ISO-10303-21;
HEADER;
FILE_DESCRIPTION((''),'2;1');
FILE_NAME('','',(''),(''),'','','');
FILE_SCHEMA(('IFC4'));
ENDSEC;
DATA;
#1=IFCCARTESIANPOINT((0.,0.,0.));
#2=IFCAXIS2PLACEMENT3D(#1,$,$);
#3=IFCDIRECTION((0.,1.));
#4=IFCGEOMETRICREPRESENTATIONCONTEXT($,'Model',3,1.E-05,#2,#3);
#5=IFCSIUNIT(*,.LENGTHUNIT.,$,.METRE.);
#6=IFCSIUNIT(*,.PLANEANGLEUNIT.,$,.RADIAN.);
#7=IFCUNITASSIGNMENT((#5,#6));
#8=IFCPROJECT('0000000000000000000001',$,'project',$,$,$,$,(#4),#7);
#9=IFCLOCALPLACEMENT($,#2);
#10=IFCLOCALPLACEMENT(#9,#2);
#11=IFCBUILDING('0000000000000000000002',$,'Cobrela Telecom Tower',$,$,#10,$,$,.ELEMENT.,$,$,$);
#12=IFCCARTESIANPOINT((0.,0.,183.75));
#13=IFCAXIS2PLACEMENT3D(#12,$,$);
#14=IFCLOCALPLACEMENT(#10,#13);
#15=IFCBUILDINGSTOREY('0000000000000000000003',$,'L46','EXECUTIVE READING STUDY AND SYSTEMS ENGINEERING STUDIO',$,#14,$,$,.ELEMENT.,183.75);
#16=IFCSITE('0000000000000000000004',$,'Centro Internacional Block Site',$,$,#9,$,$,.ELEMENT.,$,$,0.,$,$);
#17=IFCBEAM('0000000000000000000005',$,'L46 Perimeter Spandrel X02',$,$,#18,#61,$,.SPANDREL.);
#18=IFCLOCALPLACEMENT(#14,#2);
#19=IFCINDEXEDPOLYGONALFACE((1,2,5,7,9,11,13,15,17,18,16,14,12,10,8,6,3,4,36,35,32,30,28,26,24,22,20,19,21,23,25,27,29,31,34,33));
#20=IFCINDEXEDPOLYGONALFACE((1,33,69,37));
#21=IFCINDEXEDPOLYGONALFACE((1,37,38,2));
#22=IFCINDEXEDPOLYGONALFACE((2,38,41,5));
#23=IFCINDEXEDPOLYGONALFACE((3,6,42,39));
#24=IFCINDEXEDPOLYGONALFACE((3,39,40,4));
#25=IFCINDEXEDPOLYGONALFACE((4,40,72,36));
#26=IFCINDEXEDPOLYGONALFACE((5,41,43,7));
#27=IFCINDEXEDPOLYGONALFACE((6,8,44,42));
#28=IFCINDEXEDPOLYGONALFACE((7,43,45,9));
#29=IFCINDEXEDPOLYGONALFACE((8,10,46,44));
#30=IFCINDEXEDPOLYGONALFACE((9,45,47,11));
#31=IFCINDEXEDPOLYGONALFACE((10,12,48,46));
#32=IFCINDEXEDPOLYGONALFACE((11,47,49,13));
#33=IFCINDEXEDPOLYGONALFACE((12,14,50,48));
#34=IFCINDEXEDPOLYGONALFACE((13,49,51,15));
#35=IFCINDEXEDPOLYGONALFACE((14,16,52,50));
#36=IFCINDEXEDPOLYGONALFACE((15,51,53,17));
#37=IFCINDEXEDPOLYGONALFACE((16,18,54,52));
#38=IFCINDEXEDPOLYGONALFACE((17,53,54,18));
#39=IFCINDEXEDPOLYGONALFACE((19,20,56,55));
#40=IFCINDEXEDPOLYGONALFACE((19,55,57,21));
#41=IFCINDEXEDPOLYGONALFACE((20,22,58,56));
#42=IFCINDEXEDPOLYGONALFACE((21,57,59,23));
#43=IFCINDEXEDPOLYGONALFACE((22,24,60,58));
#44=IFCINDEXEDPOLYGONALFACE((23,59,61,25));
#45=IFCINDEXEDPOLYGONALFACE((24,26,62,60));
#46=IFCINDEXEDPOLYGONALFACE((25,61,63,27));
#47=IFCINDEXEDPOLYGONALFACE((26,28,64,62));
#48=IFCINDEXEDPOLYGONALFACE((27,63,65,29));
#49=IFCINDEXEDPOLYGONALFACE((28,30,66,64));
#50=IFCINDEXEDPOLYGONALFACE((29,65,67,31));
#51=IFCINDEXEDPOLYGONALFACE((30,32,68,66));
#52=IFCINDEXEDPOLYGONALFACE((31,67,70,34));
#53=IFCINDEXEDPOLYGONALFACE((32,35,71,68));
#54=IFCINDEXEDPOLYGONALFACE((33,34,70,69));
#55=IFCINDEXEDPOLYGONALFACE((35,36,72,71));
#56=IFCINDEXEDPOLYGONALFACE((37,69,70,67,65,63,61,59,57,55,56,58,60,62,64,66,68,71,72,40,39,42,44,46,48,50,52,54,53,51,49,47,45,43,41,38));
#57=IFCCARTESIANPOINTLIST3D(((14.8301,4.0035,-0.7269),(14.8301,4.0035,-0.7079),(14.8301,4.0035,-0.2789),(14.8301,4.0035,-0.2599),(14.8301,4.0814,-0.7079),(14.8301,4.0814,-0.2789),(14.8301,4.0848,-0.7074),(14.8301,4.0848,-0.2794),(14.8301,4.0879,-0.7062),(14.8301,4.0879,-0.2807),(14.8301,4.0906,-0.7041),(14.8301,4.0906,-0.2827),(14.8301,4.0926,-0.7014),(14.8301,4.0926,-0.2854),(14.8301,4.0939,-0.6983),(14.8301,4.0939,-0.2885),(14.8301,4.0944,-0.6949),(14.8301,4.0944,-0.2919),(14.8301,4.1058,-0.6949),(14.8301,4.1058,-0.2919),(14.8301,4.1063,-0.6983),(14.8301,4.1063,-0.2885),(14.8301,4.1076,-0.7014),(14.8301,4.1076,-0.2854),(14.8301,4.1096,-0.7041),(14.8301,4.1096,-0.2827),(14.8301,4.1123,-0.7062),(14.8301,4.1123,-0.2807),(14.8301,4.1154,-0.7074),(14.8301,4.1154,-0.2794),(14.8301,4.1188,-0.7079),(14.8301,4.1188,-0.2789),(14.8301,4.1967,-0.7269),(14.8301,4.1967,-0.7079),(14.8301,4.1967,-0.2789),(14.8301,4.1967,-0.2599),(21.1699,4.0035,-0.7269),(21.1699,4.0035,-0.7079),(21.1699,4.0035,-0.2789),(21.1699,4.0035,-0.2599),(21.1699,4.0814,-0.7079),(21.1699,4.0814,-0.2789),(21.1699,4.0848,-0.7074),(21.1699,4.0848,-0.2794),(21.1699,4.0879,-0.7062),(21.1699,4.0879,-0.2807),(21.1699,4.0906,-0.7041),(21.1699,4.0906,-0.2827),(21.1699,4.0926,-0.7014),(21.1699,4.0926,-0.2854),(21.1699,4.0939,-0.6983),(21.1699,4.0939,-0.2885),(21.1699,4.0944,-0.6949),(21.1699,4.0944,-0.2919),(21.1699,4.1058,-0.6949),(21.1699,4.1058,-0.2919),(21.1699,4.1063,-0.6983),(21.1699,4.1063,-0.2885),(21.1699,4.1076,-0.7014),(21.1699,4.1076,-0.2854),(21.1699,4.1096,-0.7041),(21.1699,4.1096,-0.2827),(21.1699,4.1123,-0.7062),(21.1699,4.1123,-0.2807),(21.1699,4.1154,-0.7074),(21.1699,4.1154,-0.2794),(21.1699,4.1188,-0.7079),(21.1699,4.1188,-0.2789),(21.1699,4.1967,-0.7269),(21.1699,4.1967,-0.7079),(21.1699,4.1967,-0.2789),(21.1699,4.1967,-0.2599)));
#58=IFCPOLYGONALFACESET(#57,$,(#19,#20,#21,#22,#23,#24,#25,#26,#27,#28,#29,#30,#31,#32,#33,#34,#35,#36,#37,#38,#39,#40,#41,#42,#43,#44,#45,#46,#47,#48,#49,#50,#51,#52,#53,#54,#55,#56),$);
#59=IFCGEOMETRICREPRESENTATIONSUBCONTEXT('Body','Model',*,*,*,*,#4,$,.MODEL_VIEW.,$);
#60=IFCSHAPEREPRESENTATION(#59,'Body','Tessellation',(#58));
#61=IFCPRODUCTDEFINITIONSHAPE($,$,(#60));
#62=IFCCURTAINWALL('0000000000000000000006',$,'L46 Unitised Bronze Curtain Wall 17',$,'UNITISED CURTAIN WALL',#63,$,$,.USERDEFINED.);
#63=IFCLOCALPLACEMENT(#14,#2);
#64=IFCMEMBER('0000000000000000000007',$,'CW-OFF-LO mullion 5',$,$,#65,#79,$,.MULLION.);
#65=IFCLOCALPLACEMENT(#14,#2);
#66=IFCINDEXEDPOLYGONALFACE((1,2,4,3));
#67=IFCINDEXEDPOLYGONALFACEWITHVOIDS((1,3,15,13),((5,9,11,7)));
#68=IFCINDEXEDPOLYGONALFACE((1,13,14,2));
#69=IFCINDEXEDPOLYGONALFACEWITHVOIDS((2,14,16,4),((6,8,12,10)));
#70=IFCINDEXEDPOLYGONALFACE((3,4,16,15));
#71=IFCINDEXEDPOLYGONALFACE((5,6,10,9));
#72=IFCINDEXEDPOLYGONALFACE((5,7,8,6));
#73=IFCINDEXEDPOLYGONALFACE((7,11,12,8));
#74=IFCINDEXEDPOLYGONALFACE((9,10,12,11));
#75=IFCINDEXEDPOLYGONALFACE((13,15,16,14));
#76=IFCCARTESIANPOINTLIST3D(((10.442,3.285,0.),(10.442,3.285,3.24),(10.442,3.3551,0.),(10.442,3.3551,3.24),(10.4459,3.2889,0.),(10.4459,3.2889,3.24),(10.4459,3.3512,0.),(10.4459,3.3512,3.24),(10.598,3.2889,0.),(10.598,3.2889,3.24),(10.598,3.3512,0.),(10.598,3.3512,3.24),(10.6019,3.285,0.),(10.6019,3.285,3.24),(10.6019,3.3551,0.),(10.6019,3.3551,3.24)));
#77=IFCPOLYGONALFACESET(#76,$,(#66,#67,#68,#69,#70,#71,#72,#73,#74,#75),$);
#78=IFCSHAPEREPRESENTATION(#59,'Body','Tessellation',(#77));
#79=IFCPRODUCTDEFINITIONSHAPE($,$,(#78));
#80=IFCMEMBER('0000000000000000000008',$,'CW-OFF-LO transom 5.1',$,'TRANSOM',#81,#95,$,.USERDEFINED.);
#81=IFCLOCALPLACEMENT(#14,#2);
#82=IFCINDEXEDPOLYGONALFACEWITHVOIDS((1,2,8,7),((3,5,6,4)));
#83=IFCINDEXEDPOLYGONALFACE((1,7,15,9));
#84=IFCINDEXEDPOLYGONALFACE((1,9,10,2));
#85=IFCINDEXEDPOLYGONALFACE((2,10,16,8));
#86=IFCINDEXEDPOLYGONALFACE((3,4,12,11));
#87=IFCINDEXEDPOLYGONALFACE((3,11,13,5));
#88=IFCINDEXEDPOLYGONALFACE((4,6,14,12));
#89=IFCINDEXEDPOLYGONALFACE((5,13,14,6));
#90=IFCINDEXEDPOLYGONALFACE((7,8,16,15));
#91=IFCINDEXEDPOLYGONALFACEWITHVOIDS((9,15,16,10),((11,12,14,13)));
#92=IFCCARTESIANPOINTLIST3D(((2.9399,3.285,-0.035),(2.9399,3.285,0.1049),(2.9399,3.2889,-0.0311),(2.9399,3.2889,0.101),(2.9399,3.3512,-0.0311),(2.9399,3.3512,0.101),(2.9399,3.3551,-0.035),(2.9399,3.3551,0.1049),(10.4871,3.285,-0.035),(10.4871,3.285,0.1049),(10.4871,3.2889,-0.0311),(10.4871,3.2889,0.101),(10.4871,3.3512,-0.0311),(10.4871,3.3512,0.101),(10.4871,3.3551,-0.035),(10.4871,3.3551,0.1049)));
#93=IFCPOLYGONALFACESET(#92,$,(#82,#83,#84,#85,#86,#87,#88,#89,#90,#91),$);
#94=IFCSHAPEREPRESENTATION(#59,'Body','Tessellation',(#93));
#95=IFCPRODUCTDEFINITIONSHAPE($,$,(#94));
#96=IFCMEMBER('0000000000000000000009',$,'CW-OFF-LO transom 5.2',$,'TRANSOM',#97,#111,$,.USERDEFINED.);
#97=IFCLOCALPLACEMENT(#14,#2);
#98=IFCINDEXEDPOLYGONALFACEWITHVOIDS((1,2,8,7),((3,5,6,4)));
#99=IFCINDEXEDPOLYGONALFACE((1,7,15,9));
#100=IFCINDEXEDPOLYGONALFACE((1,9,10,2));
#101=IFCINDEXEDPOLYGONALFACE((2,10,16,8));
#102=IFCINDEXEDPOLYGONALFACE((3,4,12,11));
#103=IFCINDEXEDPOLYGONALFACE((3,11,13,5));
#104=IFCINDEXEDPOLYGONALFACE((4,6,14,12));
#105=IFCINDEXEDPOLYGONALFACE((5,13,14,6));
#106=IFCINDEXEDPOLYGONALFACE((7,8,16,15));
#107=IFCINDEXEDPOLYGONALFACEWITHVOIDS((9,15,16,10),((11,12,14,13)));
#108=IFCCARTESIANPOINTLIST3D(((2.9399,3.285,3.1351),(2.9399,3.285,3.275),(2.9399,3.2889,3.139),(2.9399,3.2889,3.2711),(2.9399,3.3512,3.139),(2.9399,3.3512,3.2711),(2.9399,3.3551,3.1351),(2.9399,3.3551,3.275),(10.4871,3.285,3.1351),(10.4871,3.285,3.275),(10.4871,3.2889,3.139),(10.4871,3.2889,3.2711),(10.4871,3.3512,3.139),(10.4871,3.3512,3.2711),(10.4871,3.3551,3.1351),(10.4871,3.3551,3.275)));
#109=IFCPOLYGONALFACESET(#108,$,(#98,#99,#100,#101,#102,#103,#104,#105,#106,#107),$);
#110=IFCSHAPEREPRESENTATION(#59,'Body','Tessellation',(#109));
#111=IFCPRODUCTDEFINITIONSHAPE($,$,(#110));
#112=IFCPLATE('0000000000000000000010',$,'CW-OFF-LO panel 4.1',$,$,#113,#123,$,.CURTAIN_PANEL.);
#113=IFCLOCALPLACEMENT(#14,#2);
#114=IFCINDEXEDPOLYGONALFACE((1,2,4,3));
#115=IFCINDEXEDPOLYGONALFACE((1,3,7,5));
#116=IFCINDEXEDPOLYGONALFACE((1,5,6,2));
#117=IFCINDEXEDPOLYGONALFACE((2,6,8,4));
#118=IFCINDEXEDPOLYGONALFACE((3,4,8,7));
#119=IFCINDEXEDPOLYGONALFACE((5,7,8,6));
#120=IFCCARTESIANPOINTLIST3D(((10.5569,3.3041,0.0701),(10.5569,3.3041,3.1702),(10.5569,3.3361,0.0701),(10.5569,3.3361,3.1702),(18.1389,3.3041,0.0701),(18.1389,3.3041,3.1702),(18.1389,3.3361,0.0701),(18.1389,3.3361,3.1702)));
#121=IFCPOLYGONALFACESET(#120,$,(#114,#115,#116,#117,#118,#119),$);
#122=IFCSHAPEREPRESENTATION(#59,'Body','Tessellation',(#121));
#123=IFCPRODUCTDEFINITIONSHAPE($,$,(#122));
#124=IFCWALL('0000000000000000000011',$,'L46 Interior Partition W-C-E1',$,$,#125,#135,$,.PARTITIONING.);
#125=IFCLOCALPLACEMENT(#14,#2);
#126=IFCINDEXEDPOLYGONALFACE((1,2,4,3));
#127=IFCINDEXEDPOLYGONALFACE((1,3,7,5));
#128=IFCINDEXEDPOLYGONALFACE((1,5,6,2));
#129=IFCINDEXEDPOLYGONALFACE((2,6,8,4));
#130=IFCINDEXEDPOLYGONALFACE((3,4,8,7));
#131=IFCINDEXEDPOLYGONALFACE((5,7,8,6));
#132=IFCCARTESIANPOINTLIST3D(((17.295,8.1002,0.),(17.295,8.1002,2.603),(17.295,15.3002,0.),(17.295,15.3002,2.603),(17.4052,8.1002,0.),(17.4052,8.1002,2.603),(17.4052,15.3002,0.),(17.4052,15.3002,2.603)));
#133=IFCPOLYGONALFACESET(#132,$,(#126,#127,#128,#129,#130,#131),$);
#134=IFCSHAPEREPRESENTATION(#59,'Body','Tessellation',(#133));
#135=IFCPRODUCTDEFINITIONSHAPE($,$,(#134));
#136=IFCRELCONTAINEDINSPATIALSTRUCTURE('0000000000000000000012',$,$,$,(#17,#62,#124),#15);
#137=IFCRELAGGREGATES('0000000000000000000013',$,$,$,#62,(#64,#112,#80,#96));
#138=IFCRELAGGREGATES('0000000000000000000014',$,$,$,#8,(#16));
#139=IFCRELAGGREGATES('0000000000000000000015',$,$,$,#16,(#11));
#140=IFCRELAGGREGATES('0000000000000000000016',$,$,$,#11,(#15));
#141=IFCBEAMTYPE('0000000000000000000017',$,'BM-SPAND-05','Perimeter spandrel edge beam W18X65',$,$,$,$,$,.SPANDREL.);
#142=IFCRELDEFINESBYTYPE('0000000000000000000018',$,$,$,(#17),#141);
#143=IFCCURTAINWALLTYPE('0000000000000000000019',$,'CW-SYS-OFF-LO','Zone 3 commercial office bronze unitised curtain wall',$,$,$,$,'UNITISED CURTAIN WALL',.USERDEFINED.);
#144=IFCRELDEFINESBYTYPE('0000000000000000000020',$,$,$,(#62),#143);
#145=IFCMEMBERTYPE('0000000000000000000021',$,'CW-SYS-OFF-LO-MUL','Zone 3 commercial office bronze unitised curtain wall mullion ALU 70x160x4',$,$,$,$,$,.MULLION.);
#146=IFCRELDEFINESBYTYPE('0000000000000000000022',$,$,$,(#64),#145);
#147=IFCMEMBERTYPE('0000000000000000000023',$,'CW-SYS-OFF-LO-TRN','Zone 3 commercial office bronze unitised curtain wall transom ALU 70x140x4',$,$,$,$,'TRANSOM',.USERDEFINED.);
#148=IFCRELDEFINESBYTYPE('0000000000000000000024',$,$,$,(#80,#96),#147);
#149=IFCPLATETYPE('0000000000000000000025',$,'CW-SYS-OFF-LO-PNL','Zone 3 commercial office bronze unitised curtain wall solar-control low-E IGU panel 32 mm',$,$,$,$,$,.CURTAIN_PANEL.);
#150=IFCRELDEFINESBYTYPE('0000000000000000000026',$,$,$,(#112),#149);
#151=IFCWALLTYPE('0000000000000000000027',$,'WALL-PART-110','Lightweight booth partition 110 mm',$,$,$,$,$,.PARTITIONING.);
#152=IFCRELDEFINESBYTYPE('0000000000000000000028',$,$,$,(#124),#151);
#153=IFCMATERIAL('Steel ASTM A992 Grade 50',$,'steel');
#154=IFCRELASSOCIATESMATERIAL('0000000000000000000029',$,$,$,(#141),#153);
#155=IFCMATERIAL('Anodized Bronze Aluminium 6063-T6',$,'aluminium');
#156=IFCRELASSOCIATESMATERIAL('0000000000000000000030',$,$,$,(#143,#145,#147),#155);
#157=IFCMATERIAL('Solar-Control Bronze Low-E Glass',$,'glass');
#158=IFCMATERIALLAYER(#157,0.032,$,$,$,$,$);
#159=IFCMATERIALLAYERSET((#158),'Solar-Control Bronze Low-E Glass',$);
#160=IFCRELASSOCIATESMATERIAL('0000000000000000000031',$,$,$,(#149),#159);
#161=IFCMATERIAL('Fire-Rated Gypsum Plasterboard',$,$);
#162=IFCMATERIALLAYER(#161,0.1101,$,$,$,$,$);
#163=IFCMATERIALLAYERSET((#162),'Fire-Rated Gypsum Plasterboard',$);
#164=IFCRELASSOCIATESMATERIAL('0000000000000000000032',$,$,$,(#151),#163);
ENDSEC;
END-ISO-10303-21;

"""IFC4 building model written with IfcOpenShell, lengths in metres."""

from ifc_helpers import new_model, si_unit, direction, frame, frame_2d, origin, origin_2d, place, context, subcontext, project, spatial, rectangle, hollow_rectangle, i_section, extrude, material, layer, layer_set, material_profile, profile_set, type_object, element, aggregate, save


model = new_model("IFC4")

# Units and contexts
model_context = context("Model", 3, precision=1e-05, world=origin(), true_north=direction((0.0, 1.0)))
body_context = subcontext(model_context, "Body", "Model", "MODEL_VIEW")
ifc_project = project(units=[si_unit("LENGTHUNIT", "METRE"), si_unit("PLANEANGLEUNIT", "RADIAN")], contexts=[model_context])

# Site, building, storey
site_placement = place(None, origin())
site = spatial("IfcSite", under=ifc_project, at=site_placement, Name="Centro Internacional Block Site", CompositionType="ELEMENT", RefElevation=0.0)
building_placement = place(site_placement, origin())
building = spatial("IfcBuilding", under=site, at=building_placement, Name="Cobrela Telecom Tower", CompositionType="ELEMENT")
storey_placement = place(building_placement, frame((0.0, 0.0, 183.75)))
storey = spatial("IfcBuildingStorey", under=building, at=storey_placement, Name="L46", Description="EXECUTIVE READING STUDY AND SYSTEMS ENGINEERING STUDIO", CompositionType="ELEMENT", Elevation=183.75)

# Beam
ifc_material_1 = material(Name="Steel ASTM A992 Grade 50", Category="steel")
ifc_material_profile_1 = material_profile(ifc_material_1, i_section(OverallWidth=0.1931, OverallDepth=0.467, WebThickness=0.0115, FlangeThickness=0.019, FilletRadius=0.0129, at=origin_2d()), Name="W18X65")
ifc_profile_set_1 = profile_set([ifc_material_profile_1], Name="Steel ASTM A992 Grade 50")
beam_type_1 = type_object("IfcBeamType", Name="BM-SPAND-05", Description="Perimeter spandrel edge beam W18X65", PredefinedType="SPANDREL", material=ifc_profile_set_1)
beam_1_placement = place(storey_placement, frame((14.8301, 4.1001, -0.4934), z_axis=(1.0, 0.0, 0.0), x_axis=(0.0, 1.0, 0.0)))
element("IfcBeam", 1, at=beam_1_placement, inside=storey, type_object=beam_type_1, Name="L46 Perimeter Spandrel X02", PredefinedType="SPANDREL", context=body_context, shape_type="SweptSolid", body=[
    extrude(i_section(OverallWidth=0.1931, OverallDepth=0.467, WebThickness=0.0115, FlangeThickness=0.019, FilletRadius=0.0129, at=origin_2d()), origin(), (0.0, 0.0, 1.0), 6.3398),
])

# Curtain wall, members, plate
ifc_material_2 = material(Name="Anodized Bronze Aluminium 6063-T6", Category="aluminium")
curtain_wall_type = type_object("IfcCurtainWallType", Name="CW-SYS-OFF-LO", Description="Zone 3 commercial office bronze unitised curtain wall", ElementType="UNITISED CURTAIN WALL", PredefinedType="USERDEFINED", material=ifc_material_2)
curtain_wall_placement = place(storey_placement, origin())
curtain_wall = element("IfcCurtainWall", 2, at=curtain_wall_placement, inside=storey, type_object=curtain_wall_type, Name="L46 Unitised Bronze Curtain Wall 17", ObjectType="UNITISED CURTAIN WALL", PredefinedType="USERDEFINED")
ifc_material_profile_2 = material_profile(ifc_material_2, hollow_rectangle(XDim=0.0701, YDim=0.1599, WallThickness=0.0039, at=origin_2d()), Name="ALU 70x160x4")
ifc_profile_set_2 = profile_set([ifc_material_profile_2], Name="Anodized Bronze Aluminium 6063-T6")
member_type_1 = type_object("IfcMemberType", Name="CW-SYS-OFF-LO-MUL", Description="Zone 3 commercial office bronze unitised curtain wall mullion ALU 70x160x4", PredefinedType="MULLION", material=ifc_profile_set_2)
member_1_placement = place(storey_placement, frame((10.522, 3.3201, 0.0), z_axis=(0.0, 0.0, 1.0), x_axis=(0.0, -1.0, 0.0)))
member_1 = element("IfcMember", 3, at=member_1_placement, type_object=member_type_1, Name="CW-OFF-LO mullion 5", PredefinedType="MULLION", context=body_context, shape_type="SweptSolid", body=[
    extrude(hollow_rectangle(XDim=0.0701, YDim=0.1599, WallThickness=0.0039, at=origin_2d()), origin(), (0.0, 0.0, 1.0), 3.24),
])
ifc_material_profile_3 = material_profile(ifc_material_2, hollow_rectangle(XDim=0.0701, YDim=0.1399, WallThickness=0.0039, at=origin_2d()), Name="ALU 70x140x4")
ifc_profile_set_3 = profile_set([ifc_material_profile_3], Name="Anodized Bronze Aluminium 6063-T6")
member_type_2 = type_object("IfcMemberType", Name="CW-SYS-OFF-LO-TRN", Description="Zone 3 commercial office bronze unitised curtain wall transom ALU 70x140x4", ElementType="TRANSOM", PredefinedType="USERDEFINED", material=ifc_profile_set_3)
member_2_placement = place(storey_placement, frame((10.4871, 3.3201, 0.0349), z_axis=(-1.0, 0.0, 0.0), x_axis=(0.0, -1.0, 0.0)))
member_2 = element("IfcMember", 4, at=member_2_placement, type_object=member_type_2, Name="CW-OFF-LO transom 5.1", ObjectType="TRANSOM", PredefinedType="USERDEFINED", context=body_context, shape_type="SweptSolid", body=[
    extrude(hollow_rectangle(XDim=0.0701, YDim=0.1399, WallThickness=0.0039, at=origin_2d()), origin(), (0.0, 0.0, 1.0), 7.5471),
])
member_3_placement = place(storey_placement, frame((10.4871, 3.3201, 3.2051), z_axis=(-1.0, 0.0, 0.0), x_axis=(0.0, -1.0, 0.0)))
member_3 = element("IfcMember", 5, at=member_3_placement, type_object=member_type_2, Name="CW-OFF-LO transom 5.2", ObjectType="TRANSOM", PredefinedType="USERDEFINED", context=body_context, shape_type="SweptSolid", body=[
    extrude(hollow_rectangle(XDim=0.0701, YDim=0.1399, WallThickness=0.0039, at=origin_2d()), origin(), (0.0, 0.0, 1.0), 7.5471),
])
ifc_material_3 = material(Name="Solar-Control Bronze Low-E Glass", Category="glass")
ifc_layer_1 = layer(ifc_material_3, 0.032)
ifc_layer_set_1 = layer_set([ifc_layer_1], Name="Solar-Control Bronze Low-E Glass")
plate_type = type_object("IfcPlateType", Name="CW-SYS-OFF-LO-PNL", Description="Zone 3 commercial office bronze unitised curtain wall solar-control low-E IGU panel 32 mm", PredefinedType="CURTAIN_PANEL", material=ifc_layer_set_1)
plate_placement = place(storey_placement, frame((14.3479, 3.3201, 0.0701), z_axis=(0.0, 0.0, 1.0), x_axis=(-1.0, 0.0, 0.0)))
plate = element("IfcPlate", 6, at=plate_placement, type_object=plate_type, Name="CW-OFF-LO panel 4.1", PredefinedType="CURTAIN_PANEL", context=body_context, shape_type="SweptSolid", body=[
    extrude(rectangle(XDim=7.582, YDim=0.032, at=origin_2d()), origin(), (0.0, 0.0, 1.0), 3.1001),
])
aggregate(curtain_wall, [member_1, plate, member_2, member_3])

# Wall
ifc_material_4 = material(Name="Fire-Rated Gypsum Plasterboard")
ifc_layer_2 = layer(ifc_material_4, 0.1101)
ifc_layer_set_2 = layer_set([ifc_layer_2], Name="Fire-Rated Gypsum Plasterboard")
wall_type_1 = type_object("IfcWallType", Name="WALL-PART-110", Description="Lightweight booth partition 110 mm", PredefinedType="PARTITIONING", material=ifc_layer_set_2)
wall_1_placement = place(storey_placement, frame((17.3501, 8.1001, 0.0), z_axis=(0.0, 0.0, 1.0), x_axis=(0.0, 1.0, 0.0)))
element("IfcWall", 7, at=wall_1_placement, inside=storey, type_object=wall_type_1, Name="L46 Interior Partition W-C-E1", PredefinedType="PARTITIONING", context=body_context, shape_type="SweptSolid", body=[
    extrude(rectangle(XDim=7.2, YDim=0.1101, at=frame_2d((3.6001, 0.0))), origin(), (0.0, 0.0, 1.0), 2.603),
])

save(model, "model.ifc")
